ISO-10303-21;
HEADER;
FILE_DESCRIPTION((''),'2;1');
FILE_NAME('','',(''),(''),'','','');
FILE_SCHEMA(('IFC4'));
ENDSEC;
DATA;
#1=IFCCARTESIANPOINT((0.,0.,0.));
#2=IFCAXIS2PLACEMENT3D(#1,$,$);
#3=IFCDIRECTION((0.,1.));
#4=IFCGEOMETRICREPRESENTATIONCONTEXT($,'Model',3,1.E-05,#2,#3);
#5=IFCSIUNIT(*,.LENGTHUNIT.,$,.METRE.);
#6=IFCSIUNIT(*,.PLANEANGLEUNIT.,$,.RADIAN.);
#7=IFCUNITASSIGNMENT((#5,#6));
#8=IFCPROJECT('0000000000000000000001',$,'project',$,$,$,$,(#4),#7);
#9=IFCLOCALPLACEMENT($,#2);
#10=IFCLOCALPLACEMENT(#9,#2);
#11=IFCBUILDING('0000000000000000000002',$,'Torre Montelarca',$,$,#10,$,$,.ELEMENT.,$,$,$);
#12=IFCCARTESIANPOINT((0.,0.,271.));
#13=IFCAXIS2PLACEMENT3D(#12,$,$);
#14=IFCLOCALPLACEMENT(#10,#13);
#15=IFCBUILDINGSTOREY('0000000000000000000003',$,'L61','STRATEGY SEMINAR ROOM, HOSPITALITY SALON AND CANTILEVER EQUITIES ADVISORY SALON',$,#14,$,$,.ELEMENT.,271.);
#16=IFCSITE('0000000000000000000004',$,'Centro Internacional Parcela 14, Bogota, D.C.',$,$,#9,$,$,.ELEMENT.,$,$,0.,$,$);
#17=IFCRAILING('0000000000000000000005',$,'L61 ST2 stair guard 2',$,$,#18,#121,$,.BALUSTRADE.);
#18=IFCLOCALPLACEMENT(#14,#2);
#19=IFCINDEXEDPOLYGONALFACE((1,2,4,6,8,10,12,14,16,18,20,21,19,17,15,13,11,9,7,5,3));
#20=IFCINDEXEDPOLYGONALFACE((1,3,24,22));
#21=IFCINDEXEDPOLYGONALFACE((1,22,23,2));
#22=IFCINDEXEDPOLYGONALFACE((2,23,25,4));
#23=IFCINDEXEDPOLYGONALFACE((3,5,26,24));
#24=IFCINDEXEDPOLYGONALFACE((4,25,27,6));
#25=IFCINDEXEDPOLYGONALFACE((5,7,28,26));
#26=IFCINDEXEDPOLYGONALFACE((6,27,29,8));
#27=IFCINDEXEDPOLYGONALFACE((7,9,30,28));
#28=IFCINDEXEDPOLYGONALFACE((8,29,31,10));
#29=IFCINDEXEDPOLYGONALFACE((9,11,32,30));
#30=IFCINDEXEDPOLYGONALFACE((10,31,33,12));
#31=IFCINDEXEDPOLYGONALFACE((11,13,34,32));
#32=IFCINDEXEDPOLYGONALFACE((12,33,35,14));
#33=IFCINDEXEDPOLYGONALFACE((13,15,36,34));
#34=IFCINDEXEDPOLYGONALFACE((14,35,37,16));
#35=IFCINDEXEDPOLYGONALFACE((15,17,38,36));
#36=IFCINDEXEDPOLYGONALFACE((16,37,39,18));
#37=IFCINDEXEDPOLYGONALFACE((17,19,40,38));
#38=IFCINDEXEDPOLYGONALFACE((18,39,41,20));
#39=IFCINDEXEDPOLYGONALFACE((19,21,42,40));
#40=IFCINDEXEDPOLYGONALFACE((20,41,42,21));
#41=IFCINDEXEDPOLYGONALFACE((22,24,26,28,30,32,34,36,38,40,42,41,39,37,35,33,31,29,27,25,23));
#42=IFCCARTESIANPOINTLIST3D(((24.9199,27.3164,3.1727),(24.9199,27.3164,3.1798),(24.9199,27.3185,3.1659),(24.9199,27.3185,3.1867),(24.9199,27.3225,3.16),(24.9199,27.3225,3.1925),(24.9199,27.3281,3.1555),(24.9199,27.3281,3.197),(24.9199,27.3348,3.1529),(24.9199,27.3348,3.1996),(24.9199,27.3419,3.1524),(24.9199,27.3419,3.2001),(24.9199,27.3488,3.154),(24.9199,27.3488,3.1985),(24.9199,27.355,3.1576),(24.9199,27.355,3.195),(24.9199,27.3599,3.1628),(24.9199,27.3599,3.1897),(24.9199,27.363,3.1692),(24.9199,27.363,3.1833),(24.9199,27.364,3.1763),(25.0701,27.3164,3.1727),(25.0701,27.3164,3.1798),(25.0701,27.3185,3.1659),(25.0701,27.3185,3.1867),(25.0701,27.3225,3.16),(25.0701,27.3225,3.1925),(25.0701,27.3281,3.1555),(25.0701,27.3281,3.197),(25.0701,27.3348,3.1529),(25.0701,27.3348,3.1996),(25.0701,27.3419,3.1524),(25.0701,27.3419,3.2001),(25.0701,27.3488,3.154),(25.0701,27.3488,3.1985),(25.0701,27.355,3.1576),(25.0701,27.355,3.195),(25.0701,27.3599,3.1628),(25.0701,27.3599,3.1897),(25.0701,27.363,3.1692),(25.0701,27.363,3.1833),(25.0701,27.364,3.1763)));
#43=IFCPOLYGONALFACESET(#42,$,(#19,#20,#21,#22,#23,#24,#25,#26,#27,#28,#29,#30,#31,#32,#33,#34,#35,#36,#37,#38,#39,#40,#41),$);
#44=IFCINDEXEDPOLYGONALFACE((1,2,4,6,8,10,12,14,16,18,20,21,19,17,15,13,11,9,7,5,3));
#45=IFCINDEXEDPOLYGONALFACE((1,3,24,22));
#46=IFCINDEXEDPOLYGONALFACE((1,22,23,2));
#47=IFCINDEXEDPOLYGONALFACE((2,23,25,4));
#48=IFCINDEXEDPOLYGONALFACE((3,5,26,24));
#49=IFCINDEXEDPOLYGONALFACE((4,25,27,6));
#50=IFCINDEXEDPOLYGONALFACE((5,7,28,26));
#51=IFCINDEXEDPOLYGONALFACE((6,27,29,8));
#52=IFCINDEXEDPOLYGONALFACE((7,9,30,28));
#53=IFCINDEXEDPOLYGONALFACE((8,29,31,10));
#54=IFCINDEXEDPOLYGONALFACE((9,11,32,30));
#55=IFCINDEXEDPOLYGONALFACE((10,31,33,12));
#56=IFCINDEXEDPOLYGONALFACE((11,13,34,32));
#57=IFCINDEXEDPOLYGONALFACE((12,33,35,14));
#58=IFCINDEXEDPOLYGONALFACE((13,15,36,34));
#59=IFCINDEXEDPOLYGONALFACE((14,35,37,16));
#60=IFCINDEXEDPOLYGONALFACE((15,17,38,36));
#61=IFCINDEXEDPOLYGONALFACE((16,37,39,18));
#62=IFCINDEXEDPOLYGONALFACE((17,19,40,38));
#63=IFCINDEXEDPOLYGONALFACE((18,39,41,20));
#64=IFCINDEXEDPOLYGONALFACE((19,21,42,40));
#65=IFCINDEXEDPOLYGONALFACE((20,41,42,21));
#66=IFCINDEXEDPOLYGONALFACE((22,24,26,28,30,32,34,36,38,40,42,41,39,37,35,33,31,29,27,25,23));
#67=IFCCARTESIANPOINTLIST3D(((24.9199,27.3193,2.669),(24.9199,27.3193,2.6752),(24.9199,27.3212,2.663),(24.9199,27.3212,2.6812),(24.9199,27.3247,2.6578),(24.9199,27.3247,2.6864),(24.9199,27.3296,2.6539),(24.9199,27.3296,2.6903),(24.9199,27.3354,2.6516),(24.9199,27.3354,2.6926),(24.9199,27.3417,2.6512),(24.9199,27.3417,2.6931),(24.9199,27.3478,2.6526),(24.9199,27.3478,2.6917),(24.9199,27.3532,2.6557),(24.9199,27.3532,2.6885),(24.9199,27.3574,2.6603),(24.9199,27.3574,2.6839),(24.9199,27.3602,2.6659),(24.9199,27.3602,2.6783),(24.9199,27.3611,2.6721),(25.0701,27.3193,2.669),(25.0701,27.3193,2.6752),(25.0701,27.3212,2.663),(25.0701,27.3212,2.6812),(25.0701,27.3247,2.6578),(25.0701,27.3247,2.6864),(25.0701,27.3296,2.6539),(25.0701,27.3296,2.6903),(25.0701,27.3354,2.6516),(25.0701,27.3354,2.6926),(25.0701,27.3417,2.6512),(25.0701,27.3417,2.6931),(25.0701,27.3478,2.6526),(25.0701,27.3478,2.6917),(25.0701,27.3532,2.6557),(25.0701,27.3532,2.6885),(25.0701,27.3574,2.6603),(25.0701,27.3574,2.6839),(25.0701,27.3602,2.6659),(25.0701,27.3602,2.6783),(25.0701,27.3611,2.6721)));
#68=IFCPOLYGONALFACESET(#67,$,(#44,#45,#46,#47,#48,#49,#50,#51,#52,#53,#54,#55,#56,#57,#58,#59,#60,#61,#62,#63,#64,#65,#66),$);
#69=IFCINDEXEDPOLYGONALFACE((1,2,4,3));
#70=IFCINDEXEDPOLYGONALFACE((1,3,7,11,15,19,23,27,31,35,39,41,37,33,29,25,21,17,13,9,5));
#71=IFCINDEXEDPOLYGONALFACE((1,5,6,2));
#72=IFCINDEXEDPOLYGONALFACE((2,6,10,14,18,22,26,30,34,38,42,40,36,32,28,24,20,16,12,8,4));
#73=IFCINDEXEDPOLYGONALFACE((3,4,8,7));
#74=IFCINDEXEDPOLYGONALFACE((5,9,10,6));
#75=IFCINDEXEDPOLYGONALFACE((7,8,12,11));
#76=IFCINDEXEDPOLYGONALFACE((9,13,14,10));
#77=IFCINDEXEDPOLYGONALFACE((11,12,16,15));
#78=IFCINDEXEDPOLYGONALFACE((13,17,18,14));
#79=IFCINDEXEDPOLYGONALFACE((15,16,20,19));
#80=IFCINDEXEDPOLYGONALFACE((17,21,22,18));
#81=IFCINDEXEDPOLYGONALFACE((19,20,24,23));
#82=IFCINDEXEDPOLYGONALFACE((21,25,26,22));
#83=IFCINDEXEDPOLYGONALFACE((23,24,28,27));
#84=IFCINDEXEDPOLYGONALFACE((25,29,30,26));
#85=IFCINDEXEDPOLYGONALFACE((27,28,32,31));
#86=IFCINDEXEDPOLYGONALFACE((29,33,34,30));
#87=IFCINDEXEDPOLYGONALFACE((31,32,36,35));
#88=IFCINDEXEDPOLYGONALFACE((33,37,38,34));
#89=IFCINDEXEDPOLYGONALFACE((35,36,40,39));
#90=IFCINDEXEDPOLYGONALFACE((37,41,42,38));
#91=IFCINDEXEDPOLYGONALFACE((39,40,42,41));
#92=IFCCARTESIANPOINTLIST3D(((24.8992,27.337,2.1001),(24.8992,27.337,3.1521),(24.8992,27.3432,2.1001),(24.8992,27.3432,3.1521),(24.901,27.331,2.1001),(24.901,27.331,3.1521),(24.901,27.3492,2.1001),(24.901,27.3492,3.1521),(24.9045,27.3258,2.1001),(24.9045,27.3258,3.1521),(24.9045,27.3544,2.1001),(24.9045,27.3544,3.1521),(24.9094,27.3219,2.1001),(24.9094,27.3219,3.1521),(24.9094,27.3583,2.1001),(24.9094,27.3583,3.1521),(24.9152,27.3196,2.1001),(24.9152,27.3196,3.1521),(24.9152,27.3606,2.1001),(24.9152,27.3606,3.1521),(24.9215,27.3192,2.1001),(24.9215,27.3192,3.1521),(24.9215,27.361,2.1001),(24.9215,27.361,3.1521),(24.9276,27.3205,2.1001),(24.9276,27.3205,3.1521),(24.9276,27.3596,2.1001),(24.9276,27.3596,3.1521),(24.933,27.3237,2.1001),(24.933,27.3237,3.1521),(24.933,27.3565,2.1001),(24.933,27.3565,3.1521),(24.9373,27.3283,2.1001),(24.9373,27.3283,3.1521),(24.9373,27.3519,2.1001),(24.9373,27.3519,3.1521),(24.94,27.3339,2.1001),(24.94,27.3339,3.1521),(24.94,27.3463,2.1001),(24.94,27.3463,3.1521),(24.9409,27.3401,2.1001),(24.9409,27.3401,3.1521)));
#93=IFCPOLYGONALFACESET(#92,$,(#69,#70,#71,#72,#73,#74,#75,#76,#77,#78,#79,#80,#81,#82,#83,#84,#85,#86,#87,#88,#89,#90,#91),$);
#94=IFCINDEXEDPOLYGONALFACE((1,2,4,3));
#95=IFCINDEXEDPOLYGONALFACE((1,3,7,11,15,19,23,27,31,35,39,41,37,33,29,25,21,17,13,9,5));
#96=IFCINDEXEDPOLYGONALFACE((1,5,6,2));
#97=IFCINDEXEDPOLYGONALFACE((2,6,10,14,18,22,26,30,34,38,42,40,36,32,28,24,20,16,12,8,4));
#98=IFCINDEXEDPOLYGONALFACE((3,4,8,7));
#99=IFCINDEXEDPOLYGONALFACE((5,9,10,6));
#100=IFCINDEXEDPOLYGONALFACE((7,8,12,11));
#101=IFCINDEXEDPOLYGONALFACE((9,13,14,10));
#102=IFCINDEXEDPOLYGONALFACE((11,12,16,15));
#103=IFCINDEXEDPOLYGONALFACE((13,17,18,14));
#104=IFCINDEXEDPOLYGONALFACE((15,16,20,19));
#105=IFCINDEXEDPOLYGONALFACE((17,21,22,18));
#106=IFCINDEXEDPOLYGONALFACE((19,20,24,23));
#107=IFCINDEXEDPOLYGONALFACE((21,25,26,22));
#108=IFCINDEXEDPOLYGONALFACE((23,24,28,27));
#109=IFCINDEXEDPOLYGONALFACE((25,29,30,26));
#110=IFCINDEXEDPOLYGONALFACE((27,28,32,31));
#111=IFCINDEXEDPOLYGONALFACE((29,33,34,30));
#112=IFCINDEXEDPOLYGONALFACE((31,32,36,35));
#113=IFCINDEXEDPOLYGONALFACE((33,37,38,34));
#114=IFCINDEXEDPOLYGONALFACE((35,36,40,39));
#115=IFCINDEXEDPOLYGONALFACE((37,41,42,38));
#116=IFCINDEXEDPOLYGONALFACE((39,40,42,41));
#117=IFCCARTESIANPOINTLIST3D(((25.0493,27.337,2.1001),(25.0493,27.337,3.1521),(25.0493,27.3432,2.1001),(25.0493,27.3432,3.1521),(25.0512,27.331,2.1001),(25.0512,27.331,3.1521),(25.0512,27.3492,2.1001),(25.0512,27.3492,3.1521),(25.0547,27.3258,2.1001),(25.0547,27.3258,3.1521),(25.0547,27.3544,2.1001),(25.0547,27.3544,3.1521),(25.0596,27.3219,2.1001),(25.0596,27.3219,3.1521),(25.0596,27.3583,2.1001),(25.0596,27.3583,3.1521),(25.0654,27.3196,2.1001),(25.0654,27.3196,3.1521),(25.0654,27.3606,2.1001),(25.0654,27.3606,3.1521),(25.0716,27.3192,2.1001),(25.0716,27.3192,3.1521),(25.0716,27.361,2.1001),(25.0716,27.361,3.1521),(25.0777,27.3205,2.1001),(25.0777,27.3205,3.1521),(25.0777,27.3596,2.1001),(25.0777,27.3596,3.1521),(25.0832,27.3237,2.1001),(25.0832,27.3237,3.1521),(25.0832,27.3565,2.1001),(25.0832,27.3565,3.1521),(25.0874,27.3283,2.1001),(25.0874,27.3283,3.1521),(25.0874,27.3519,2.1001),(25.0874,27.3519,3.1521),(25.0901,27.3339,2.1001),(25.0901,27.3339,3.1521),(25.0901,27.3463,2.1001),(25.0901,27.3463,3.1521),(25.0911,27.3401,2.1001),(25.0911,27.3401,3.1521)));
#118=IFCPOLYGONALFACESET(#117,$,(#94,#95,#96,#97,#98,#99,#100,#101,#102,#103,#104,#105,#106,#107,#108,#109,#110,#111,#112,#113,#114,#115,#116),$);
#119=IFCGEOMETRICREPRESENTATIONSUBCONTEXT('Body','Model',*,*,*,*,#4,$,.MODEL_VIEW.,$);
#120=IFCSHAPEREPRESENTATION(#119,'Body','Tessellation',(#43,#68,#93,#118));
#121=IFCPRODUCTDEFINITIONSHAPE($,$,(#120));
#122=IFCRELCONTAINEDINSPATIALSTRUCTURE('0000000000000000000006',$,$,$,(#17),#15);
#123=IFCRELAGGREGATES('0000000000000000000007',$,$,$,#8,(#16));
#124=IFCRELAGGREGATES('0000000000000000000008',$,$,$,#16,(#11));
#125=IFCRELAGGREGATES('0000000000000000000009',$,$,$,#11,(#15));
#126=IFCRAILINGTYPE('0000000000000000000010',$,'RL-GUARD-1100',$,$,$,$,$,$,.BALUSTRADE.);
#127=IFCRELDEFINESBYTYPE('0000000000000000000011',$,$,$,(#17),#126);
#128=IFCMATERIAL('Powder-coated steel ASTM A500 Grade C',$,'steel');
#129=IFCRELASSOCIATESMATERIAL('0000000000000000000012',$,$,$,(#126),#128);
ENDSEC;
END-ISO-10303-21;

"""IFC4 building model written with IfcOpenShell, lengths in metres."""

from ifc_helpers import new_model, si_unit, direction, frame, origin, origin_2d, place, context, subcontext, project, spatial, circle, extrude, material, type_object, element, save


model = new_model("IFC4")

# Units and contexts
model_context = context("Model", 3, precision=1e-05, world=origin(), true_north=direction((0.0, 1.0)))
body_context = subcontext(model_context, "Body", "Model", "MODEL_VIEW")
ifc_project = project(units=[si_unit("LENGTHUNIT", "METRE"), si_unit("PLANEANGLEUNIT", "RADIAN")], contexts=[model_context])

# Site, building, storey
site_placement = place(None, origin())
site = spatial("IfcSite", under=ifc_project, at=site_placement, Name="Centro Internacional Parcela 14, Bogota, D.C.", CompositionType="ELEMENT", RefElevation=0.0)
building_placement = place(site_placement, origin())
building = spatial("IfcBuilding", under=site, at=building_placement, Name="Torre Montelarca", CompositionType="ELEMENT")
storey_placement = place(building_placement, frame((0.0, 0.0, 271.0)))
storey = spatial("IfcBuildingStorey", under=building, at=storey_placement, Name="L61", Description="STRATEGY SEMINAR ROOM, HOSPITALITY SALON AND CANTILEVER EQUITIES ADVISORY SALON", CompositionType="ELEMENT", Elevation=271.0)

# Railing
ifc_material_1 = material(Name="Powder-coated steel ASTM A500 Grade C", Category="steel")
railing_type_1 = type_object("IfcRailingType", Name="RL-GUARD-1100", PredefinedType="BALUSTRADE", material=ifc_material_1)
railing_1_placement = place(storey_placement, frame((24.9199, 27.3401, 2.1001)))
element("IfcRailing", 1, at=railing_1_placement, inside=storey, type_object=railing_type_1, Name="L61 ST2 stair guard 2", PredefinedType="BALUSTRADE", context=body_context, shape_type="SweptSolid", body=[
    extrude(circle(Radius=0.0239, at=origin_2d()), frame((0.0, 0.0, 1.0762), z_axis=(1.0, 0.0, 0.0), x_axis=(0.0, 1.0, 0.0)), (0.0, 0.0, 1.0), 0.1501),
    extrude(circle(Radius=0.021, at=origin_2d()), frame((0.0, 0.0, 0.572), z_axis=(1.0, 0.0, 0.0), x_axis=(0.0, 1.0, 0.0)), (0.0, 0.0, 1.0), 0.1501),
    extrude(circle(Radius=0.021, at=origin_2d()), origin(), (0.0, 0.0, 1.0), 1.052),
    extrude(circle(Radius=0.021, at=origin_2d()), frame((0.1501, 0.0, 0.0)), (0.0, 0.0, 1.0), 1.052),
])

save(model, "model.ifc")
